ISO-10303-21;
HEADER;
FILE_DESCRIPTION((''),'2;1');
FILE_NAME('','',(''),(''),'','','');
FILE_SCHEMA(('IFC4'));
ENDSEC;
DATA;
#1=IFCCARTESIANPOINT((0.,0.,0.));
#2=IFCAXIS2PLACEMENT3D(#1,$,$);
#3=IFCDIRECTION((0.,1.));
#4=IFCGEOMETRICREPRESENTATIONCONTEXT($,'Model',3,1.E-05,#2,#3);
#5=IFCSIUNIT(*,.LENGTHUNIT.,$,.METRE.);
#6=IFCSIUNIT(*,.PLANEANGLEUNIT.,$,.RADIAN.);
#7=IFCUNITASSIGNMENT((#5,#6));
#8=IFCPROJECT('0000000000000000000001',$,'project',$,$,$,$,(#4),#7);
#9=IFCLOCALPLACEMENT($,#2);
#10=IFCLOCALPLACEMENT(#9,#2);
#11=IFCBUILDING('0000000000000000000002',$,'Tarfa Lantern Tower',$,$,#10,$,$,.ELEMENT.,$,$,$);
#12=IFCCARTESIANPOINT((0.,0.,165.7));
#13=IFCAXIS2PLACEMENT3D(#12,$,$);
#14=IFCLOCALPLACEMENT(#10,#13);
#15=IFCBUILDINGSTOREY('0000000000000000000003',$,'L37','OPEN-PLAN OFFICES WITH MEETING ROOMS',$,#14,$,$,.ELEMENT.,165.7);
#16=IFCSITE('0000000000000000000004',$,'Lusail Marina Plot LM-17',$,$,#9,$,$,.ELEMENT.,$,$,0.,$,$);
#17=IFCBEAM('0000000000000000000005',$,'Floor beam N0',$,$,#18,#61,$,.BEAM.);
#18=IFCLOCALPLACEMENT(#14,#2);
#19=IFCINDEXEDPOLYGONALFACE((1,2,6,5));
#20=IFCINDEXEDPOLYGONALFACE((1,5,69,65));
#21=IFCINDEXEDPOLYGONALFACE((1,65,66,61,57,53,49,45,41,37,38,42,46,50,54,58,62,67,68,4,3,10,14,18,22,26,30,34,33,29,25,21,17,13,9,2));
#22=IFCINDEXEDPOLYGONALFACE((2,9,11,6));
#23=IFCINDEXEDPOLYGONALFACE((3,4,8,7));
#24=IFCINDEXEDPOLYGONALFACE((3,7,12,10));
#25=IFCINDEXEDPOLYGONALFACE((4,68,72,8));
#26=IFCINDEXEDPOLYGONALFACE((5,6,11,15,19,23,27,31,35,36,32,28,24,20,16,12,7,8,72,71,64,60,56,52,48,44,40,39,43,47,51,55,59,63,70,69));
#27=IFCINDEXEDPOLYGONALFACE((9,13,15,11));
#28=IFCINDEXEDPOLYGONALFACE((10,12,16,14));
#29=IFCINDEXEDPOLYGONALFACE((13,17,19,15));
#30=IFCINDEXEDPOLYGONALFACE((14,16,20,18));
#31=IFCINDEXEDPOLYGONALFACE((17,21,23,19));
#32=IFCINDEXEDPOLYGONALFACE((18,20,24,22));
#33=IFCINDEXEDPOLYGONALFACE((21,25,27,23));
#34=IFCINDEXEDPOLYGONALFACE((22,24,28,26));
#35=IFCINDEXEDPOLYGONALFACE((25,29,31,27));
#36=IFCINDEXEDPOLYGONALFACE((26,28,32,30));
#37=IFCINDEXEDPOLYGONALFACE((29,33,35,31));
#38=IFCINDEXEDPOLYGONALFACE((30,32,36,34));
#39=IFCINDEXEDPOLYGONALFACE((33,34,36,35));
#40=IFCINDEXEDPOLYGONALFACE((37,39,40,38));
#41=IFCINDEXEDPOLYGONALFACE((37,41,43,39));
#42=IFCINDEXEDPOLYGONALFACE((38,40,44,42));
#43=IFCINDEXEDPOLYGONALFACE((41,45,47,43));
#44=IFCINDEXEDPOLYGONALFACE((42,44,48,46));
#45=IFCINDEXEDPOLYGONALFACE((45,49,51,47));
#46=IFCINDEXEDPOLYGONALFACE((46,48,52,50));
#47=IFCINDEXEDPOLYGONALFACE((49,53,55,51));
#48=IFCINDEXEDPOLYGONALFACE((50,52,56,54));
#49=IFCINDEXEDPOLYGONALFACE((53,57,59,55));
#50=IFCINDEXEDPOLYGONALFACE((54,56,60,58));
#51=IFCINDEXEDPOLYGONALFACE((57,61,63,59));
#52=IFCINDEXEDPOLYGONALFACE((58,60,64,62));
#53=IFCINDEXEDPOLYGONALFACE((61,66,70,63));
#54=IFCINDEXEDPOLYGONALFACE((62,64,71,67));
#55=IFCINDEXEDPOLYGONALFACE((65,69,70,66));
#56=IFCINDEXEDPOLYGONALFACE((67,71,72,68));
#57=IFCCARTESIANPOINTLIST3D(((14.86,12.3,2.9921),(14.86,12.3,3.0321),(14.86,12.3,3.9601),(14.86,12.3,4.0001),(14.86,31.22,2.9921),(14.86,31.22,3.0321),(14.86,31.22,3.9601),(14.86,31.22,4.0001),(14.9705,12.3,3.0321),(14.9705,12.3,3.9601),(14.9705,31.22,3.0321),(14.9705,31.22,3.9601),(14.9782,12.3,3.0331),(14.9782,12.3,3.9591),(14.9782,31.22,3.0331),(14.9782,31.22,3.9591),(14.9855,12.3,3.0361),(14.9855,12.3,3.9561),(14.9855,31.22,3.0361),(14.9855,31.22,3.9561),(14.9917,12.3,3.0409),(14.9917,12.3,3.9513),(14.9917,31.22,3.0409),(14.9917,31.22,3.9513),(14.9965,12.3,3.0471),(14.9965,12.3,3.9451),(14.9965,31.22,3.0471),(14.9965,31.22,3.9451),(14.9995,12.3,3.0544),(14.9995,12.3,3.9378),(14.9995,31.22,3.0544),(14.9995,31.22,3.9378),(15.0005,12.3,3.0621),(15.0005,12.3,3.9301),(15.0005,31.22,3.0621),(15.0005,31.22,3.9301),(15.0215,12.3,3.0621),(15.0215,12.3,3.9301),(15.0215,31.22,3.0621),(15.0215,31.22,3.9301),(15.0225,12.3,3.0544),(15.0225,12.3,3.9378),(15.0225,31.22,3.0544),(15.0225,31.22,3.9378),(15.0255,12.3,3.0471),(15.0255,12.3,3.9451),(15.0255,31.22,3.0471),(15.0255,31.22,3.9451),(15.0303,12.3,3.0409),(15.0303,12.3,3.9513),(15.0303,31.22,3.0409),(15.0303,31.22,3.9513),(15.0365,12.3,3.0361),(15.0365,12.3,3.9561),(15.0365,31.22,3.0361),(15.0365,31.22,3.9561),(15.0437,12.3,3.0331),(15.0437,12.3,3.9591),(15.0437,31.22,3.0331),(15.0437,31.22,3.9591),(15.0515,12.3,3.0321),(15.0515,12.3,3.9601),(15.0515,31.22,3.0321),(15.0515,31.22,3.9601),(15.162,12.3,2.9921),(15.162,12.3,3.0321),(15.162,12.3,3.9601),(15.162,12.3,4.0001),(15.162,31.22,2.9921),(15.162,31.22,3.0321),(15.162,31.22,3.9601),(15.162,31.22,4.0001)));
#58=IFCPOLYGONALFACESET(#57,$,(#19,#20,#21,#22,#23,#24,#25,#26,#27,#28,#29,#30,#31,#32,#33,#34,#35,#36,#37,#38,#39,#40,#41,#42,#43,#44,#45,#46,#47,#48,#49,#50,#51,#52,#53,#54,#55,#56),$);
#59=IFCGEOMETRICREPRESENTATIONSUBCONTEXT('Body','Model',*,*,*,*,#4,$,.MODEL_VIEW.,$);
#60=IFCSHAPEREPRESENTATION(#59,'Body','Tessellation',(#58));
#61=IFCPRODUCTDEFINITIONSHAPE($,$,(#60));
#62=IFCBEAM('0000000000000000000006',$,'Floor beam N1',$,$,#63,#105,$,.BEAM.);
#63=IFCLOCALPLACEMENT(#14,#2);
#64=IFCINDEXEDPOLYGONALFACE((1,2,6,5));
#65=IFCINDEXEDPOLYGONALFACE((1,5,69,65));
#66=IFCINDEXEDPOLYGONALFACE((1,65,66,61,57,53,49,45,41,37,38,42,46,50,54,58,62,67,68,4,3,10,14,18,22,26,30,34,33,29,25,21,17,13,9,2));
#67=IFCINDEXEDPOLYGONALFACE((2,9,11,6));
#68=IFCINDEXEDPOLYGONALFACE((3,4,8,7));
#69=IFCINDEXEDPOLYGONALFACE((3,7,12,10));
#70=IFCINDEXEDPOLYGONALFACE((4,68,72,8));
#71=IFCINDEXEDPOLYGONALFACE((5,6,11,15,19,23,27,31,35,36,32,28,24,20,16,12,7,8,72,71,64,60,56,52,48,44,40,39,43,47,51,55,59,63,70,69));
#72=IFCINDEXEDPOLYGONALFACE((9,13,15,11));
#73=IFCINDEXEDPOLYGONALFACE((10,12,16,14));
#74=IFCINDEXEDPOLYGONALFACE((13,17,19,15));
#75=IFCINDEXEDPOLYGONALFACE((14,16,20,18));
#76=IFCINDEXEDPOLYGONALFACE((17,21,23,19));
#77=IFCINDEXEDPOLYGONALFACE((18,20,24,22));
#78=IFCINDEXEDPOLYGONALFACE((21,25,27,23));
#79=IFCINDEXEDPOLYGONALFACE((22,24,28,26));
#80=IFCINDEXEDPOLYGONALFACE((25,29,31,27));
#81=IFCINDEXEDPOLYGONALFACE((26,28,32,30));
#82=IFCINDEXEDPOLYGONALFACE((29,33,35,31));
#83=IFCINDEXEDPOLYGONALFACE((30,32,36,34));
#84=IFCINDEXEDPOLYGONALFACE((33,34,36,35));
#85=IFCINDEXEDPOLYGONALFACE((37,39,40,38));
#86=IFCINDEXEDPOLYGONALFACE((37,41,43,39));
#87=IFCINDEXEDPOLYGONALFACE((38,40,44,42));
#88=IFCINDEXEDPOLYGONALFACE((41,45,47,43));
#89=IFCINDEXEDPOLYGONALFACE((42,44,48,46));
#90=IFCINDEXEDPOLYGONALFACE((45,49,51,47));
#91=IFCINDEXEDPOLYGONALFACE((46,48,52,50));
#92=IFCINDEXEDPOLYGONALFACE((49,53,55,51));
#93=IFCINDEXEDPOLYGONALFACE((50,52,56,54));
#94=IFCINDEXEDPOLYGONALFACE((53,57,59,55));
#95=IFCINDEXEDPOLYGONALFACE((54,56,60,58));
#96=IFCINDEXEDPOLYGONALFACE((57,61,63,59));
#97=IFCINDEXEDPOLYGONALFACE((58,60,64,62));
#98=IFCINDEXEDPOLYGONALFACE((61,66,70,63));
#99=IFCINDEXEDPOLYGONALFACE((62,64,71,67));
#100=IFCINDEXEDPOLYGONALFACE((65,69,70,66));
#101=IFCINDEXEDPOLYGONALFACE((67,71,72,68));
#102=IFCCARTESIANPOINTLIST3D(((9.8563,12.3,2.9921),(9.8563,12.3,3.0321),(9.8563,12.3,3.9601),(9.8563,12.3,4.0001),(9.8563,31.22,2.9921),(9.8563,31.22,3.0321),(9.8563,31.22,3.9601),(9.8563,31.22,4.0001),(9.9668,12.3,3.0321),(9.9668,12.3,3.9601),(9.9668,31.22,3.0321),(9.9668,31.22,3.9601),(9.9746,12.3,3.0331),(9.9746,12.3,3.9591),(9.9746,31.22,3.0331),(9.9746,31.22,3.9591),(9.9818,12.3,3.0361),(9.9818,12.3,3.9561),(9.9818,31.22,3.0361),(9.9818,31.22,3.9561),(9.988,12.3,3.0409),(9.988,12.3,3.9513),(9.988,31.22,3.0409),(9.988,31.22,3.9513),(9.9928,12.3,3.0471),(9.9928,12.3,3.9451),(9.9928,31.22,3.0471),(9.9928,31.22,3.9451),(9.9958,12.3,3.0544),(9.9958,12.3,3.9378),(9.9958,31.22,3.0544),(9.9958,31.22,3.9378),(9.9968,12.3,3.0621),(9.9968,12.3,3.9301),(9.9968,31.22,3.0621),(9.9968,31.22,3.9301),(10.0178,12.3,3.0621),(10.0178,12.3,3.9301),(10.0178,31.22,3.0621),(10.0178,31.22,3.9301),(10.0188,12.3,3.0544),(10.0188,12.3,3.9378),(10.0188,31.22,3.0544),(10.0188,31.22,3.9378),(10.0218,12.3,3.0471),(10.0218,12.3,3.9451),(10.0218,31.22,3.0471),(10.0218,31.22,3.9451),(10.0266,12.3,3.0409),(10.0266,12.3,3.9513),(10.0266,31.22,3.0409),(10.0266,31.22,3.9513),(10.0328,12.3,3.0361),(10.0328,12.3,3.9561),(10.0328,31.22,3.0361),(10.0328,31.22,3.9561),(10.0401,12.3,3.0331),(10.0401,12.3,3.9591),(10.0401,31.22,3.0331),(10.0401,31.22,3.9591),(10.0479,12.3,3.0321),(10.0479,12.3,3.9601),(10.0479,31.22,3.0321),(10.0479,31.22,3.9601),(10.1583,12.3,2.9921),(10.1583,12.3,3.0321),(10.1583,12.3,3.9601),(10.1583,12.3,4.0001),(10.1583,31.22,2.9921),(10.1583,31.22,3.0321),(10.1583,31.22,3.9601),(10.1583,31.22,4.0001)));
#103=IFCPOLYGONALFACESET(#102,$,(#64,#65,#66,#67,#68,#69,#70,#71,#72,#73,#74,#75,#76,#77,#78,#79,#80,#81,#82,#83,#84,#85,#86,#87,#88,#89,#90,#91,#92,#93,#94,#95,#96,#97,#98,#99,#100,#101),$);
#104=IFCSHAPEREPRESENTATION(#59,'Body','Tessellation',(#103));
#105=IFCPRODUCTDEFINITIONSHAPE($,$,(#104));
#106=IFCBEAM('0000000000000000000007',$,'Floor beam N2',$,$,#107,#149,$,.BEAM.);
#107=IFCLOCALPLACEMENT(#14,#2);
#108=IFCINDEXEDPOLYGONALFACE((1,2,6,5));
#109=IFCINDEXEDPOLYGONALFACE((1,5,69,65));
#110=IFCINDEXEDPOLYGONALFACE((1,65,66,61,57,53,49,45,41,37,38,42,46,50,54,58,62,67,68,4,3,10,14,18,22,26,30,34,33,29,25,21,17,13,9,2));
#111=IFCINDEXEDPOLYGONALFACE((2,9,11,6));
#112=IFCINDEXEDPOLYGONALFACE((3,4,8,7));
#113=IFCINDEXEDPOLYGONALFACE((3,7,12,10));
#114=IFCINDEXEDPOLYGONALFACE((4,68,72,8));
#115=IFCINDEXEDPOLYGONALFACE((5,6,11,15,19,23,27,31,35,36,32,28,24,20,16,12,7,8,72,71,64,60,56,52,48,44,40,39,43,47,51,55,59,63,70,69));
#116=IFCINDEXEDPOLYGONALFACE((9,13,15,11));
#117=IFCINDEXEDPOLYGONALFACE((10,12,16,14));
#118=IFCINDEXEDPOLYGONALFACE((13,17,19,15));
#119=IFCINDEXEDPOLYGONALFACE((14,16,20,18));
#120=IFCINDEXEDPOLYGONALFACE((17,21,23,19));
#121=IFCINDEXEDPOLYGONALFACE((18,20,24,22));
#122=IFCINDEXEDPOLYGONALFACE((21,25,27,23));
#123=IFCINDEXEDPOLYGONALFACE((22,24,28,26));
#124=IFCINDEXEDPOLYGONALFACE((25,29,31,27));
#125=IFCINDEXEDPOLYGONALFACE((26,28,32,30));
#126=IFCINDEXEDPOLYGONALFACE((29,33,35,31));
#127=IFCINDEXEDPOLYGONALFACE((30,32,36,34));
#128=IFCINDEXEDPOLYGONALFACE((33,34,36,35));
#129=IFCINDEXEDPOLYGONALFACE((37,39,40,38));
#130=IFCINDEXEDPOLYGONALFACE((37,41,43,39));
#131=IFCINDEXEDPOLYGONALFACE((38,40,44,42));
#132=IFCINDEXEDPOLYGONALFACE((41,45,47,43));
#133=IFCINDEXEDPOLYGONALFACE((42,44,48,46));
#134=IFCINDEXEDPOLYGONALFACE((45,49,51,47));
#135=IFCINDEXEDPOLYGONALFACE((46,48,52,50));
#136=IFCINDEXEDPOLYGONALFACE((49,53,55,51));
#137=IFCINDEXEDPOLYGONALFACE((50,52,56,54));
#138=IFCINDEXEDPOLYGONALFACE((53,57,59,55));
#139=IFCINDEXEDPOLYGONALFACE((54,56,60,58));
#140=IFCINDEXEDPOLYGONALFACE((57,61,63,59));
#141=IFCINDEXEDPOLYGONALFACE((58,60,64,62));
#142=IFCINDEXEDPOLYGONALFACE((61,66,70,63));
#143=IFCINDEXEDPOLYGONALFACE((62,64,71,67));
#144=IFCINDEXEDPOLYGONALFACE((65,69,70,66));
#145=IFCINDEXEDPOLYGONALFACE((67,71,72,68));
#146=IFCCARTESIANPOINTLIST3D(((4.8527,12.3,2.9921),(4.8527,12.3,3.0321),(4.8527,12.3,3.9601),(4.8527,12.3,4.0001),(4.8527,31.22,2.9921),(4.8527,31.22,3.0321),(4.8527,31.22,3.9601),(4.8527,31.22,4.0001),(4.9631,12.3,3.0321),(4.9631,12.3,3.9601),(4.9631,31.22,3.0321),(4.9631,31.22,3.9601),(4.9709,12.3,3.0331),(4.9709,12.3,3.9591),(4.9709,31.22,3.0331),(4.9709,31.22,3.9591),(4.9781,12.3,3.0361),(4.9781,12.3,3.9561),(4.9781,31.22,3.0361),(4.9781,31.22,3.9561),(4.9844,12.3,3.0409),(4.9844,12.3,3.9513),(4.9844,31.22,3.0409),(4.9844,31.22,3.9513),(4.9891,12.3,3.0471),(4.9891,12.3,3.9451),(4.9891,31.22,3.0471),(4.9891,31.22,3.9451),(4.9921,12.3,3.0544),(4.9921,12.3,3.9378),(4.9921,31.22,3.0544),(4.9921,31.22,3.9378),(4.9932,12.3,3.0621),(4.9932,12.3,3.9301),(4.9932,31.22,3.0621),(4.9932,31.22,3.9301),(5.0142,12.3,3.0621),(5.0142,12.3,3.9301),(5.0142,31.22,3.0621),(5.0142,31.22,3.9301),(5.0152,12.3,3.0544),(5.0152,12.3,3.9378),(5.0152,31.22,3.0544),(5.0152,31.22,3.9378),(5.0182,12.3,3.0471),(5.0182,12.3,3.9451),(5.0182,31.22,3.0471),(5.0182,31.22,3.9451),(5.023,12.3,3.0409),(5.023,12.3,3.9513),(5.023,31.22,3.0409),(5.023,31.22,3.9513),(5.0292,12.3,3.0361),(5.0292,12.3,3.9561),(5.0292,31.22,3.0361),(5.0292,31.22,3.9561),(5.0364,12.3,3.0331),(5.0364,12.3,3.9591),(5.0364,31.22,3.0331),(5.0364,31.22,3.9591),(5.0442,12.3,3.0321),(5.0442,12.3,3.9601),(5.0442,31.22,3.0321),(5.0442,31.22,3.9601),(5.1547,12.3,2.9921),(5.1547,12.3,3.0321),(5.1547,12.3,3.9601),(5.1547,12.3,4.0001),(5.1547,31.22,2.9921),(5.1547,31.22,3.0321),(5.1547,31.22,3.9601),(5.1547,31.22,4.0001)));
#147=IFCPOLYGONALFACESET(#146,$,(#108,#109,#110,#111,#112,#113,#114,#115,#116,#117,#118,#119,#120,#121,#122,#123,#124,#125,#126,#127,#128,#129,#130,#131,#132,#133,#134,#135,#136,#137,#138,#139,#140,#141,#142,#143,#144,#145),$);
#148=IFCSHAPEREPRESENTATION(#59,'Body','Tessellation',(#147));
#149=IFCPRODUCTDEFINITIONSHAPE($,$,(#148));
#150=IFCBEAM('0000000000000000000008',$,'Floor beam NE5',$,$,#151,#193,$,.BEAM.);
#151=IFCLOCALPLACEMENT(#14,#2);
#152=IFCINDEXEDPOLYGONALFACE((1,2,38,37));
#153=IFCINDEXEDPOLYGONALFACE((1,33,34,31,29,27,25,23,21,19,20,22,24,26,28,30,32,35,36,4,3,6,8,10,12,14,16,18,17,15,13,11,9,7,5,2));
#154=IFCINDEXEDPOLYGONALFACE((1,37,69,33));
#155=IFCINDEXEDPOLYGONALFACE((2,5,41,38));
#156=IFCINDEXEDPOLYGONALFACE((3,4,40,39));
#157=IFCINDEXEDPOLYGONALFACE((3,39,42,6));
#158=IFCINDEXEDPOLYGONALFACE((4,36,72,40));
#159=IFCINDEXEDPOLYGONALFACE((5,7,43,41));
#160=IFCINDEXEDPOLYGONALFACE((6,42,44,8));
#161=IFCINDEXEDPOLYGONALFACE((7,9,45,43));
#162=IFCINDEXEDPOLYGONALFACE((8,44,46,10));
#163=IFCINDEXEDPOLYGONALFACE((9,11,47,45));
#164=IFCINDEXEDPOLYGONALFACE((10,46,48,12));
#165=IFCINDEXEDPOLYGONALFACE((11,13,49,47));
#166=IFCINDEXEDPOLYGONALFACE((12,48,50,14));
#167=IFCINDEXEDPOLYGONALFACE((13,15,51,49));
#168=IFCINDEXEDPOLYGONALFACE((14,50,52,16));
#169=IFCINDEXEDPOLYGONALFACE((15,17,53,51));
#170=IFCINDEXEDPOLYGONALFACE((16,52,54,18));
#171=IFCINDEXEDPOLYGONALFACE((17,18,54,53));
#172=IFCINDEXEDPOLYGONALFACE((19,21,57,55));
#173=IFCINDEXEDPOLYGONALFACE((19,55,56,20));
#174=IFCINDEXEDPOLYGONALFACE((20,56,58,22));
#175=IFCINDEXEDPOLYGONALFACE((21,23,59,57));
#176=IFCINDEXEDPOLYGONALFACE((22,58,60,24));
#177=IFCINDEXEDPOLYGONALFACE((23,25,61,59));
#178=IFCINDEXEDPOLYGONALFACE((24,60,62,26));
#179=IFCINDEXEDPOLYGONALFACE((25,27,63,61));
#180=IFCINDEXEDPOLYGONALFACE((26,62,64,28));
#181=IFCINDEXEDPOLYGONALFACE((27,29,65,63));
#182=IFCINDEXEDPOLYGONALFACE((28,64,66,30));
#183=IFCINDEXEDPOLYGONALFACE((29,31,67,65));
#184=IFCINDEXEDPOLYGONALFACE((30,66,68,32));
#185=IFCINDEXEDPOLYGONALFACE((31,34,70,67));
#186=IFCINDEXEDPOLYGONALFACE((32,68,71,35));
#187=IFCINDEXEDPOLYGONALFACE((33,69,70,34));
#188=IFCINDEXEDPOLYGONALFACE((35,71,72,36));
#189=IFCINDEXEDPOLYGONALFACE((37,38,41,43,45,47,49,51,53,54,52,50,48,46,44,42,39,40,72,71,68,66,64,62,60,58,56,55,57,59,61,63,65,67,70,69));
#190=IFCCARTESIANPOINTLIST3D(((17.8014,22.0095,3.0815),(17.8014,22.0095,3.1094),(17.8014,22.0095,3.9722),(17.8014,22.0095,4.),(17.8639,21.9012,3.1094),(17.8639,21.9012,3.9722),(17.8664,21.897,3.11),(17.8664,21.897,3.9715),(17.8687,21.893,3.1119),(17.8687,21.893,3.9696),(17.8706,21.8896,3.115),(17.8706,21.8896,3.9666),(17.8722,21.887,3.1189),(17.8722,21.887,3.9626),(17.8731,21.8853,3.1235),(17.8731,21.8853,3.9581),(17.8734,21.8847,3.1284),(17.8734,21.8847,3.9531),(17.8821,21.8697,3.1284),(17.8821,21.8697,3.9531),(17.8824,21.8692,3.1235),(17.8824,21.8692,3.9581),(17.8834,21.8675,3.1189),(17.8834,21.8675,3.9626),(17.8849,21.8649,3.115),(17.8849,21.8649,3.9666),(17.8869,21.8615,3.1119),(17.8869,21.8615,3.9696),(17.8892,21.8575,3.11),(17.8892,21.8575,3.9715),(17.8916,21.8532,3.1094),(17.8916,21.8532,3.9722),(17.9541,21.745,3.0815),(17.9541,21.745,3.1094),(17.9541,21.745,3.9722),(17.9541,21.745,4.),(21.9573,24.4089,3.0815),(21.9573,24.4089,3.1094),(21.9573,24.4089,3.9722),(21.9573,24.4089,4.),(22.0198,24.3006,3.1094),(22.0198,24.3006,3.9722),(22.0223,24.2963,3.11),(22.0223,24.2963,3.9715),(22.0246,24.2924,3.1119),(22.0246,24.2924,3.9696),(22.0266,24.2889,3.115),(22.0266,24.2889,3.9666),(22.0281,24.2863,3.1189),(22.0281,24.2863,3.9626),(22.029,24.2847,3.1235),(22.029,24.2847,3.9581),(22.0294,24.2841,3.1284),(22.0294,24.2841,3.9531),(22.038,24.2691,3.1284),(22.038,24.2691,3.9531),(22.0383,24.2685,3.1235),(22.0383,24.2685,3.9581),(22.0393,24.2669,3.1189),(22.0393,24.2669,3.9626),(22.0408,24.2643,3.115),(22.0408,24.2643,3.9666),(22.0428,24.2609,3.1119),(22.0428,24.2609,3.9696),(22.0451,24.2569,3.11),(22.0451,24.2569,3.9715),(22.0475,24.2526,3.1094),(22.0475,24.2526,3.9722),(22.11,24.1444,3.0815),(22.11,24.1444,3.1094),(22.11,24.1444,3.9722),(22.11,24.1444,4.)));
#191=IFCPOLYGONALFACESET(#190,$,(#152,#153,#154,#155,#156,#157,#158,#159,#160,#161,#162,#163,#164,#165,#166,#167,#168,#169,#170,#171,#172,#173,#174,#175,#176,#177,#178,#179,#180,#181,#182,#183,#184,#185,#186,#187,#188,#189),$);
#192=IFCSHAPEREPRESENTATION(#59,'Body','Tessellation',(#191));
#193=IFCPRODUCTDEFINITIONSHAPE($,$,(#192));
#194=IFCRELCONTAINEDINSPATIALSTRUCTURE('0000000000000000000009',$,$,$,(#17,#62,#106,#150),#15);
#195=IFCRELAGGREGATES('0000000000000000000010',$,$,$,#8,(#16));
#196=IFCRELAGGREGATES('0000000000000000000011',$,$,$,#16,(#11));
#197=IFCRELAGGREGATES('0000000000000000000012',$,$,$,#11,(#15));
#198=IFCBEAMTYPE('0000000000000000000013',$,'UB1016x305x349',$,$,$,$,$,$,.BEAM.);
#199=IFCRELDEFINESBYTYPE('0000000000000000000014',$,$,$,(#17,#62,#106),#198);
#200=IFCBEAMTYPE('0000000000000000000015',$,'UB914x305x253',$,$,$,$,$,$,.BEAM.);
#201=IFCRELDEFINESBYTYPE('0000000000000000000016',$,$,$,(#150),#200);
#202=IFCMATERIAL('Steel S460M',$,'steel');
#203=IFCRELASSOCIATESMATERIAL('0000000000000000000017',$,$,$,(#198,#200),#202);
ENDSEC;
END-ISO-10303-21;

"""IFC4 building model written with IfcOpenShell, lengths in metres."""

from ifc_helpers import new_model, si_unit, direction, frame, origin, origin_2d, place, context, subcontext, project, spatial, i_section, extrude, material, material_profile, profile_set, type_object, element, save


model = new_model("IFC4")

# Units and contexts
model_context = context("Model", 3, precision=1e-05, world=origin(), true_north=direction((0.0, 1.0)))
body_context = subcontext(model_context, "Body", "Model", "MODEL_VIEW")
ifc_project = project(units=[si_unit("LENGTHUNIT", "METRE"), si_unit("PLANEANGLEUNIT", "RADIAN")], contexts=[model_context])

# Site, building, storey
site_placement = place(None, origin())
site = spatial("IfcSite", under=ifc_project, at=site_placement, Name="Lusail Marina Plot LM-17", CompositionType="ELEMENT", RefElevation=0.0)
building_placement = place(site_placement, origin())
building = spatial("IfcBuilding", under=site, at=building_placement, Name="Tarfa Lantern Tower", CompositionType="ELEMENT")
storey_placement = place(building_placement, frame((0.0, 0.0, 165.7)))
storey = spatial("IfcBuildingStorey", under=building, at=storey_placement, Name="L37", Description="OPEN-PLAN OFFICES WITH MEETING ROOMS", CompositionType="ELEMENT", Elevation=165.7)

# Beams
ifc_material_1 = material(Name="Steel S460M", Category="steel")
ifc_material_profile_1 = material_profile(ifc_material_1, i_section(OverallWidth=0.302, OverallDepth=1.0081, WebThickness=0.021, FlangeThickness=0.04, FilletRadius=0.03, at=origin_2d()), Name="UB1016x305x349")
ifc_profile_set_1 = profile_set([ifc_material_profile_1], Name="Steel S460M")
beam_type_1 = type_object("IfcBeamType", Name="UB1016x305x349", PredefinedType="BEAM", material=ifc_profile_set_1)
for number, where, z_axis, x_axis, name in (
    (1, (15.011, 31.22, 3.4961), (0.0, -1.0, 0.0), (1.0, 0.0, 0.0), "Floor beam N0"),
    (2, (10.0073, 31.22, 3.4961), (0.0, -1.0, 0.0), (1.0, 0.0, 0.0), "Floor beam N1"),
    (3, (5.0037, 31.22, 3.4961), (0.0, -1.0, 0.0), (1.0, 0.0, 0.0), "Floor beam N2"),
):
    element("IfcBeam", number, at=place(storey_placement, frame(where, z_axis=z_axis, x_axis=x_axis)), inside=storey, type_object=beam_type_1, Name=name, PredefinedType="BEAM", context=body_context, shape_type="SweptSolid", body=[
        extrude(i_section(OverallWidth=0.302, OverallDepth=1.0081, WebThickness=0.021, FlangeThickness=0.04, FilletRadius=0.03, at=origin_2d()), origin(), (0.0, 0.0, 1.0), 18.9199),
    ])
ifc_material_profile_2 = material_profile(ifc_material_1, i_section(OverallWidth=0.3054, OverallDepth=0.9185, WebThickness=0.0173, FlangeThickness=0.0278, FilletRadius=0.019, at=origin_2d()), Name="UB914x305x253")
ifc_profile_set_2 = profile_set([ifc_material_profile_2], Name="Steel S460M")
beam_type_2 = type_object("IfcBeamType", Name="UB914x305x253", PredefinedType="BEAM", material=ifc_profile_set_2)
beam_1_placement = place(storey_placement, frame((22.0337, 24.2766, 3.5408), z_axis=(-0.866031, -0.499991, 0.0), x_axis=(0.499991, -0.866031, 0.0)))
element("IfcBeam", 4, at=beam_1_placement, inside=storey, type_object=beam_type_2, Name="Floor beam NE5", PredefinedType="BEAM", context=body_context, shape_type="SweptSolid", body=[
    extrude(i_section(OverallWidth=0.3054, OverallDepth=0.9185, WebThickness=0.0173, FlangeThickness=0.0278, FilletRadius=0.019, at=origin_2d()), origin(), (0.0, 0.0, 1.0), 4.7988),
])

save(model, "model.ifc")
